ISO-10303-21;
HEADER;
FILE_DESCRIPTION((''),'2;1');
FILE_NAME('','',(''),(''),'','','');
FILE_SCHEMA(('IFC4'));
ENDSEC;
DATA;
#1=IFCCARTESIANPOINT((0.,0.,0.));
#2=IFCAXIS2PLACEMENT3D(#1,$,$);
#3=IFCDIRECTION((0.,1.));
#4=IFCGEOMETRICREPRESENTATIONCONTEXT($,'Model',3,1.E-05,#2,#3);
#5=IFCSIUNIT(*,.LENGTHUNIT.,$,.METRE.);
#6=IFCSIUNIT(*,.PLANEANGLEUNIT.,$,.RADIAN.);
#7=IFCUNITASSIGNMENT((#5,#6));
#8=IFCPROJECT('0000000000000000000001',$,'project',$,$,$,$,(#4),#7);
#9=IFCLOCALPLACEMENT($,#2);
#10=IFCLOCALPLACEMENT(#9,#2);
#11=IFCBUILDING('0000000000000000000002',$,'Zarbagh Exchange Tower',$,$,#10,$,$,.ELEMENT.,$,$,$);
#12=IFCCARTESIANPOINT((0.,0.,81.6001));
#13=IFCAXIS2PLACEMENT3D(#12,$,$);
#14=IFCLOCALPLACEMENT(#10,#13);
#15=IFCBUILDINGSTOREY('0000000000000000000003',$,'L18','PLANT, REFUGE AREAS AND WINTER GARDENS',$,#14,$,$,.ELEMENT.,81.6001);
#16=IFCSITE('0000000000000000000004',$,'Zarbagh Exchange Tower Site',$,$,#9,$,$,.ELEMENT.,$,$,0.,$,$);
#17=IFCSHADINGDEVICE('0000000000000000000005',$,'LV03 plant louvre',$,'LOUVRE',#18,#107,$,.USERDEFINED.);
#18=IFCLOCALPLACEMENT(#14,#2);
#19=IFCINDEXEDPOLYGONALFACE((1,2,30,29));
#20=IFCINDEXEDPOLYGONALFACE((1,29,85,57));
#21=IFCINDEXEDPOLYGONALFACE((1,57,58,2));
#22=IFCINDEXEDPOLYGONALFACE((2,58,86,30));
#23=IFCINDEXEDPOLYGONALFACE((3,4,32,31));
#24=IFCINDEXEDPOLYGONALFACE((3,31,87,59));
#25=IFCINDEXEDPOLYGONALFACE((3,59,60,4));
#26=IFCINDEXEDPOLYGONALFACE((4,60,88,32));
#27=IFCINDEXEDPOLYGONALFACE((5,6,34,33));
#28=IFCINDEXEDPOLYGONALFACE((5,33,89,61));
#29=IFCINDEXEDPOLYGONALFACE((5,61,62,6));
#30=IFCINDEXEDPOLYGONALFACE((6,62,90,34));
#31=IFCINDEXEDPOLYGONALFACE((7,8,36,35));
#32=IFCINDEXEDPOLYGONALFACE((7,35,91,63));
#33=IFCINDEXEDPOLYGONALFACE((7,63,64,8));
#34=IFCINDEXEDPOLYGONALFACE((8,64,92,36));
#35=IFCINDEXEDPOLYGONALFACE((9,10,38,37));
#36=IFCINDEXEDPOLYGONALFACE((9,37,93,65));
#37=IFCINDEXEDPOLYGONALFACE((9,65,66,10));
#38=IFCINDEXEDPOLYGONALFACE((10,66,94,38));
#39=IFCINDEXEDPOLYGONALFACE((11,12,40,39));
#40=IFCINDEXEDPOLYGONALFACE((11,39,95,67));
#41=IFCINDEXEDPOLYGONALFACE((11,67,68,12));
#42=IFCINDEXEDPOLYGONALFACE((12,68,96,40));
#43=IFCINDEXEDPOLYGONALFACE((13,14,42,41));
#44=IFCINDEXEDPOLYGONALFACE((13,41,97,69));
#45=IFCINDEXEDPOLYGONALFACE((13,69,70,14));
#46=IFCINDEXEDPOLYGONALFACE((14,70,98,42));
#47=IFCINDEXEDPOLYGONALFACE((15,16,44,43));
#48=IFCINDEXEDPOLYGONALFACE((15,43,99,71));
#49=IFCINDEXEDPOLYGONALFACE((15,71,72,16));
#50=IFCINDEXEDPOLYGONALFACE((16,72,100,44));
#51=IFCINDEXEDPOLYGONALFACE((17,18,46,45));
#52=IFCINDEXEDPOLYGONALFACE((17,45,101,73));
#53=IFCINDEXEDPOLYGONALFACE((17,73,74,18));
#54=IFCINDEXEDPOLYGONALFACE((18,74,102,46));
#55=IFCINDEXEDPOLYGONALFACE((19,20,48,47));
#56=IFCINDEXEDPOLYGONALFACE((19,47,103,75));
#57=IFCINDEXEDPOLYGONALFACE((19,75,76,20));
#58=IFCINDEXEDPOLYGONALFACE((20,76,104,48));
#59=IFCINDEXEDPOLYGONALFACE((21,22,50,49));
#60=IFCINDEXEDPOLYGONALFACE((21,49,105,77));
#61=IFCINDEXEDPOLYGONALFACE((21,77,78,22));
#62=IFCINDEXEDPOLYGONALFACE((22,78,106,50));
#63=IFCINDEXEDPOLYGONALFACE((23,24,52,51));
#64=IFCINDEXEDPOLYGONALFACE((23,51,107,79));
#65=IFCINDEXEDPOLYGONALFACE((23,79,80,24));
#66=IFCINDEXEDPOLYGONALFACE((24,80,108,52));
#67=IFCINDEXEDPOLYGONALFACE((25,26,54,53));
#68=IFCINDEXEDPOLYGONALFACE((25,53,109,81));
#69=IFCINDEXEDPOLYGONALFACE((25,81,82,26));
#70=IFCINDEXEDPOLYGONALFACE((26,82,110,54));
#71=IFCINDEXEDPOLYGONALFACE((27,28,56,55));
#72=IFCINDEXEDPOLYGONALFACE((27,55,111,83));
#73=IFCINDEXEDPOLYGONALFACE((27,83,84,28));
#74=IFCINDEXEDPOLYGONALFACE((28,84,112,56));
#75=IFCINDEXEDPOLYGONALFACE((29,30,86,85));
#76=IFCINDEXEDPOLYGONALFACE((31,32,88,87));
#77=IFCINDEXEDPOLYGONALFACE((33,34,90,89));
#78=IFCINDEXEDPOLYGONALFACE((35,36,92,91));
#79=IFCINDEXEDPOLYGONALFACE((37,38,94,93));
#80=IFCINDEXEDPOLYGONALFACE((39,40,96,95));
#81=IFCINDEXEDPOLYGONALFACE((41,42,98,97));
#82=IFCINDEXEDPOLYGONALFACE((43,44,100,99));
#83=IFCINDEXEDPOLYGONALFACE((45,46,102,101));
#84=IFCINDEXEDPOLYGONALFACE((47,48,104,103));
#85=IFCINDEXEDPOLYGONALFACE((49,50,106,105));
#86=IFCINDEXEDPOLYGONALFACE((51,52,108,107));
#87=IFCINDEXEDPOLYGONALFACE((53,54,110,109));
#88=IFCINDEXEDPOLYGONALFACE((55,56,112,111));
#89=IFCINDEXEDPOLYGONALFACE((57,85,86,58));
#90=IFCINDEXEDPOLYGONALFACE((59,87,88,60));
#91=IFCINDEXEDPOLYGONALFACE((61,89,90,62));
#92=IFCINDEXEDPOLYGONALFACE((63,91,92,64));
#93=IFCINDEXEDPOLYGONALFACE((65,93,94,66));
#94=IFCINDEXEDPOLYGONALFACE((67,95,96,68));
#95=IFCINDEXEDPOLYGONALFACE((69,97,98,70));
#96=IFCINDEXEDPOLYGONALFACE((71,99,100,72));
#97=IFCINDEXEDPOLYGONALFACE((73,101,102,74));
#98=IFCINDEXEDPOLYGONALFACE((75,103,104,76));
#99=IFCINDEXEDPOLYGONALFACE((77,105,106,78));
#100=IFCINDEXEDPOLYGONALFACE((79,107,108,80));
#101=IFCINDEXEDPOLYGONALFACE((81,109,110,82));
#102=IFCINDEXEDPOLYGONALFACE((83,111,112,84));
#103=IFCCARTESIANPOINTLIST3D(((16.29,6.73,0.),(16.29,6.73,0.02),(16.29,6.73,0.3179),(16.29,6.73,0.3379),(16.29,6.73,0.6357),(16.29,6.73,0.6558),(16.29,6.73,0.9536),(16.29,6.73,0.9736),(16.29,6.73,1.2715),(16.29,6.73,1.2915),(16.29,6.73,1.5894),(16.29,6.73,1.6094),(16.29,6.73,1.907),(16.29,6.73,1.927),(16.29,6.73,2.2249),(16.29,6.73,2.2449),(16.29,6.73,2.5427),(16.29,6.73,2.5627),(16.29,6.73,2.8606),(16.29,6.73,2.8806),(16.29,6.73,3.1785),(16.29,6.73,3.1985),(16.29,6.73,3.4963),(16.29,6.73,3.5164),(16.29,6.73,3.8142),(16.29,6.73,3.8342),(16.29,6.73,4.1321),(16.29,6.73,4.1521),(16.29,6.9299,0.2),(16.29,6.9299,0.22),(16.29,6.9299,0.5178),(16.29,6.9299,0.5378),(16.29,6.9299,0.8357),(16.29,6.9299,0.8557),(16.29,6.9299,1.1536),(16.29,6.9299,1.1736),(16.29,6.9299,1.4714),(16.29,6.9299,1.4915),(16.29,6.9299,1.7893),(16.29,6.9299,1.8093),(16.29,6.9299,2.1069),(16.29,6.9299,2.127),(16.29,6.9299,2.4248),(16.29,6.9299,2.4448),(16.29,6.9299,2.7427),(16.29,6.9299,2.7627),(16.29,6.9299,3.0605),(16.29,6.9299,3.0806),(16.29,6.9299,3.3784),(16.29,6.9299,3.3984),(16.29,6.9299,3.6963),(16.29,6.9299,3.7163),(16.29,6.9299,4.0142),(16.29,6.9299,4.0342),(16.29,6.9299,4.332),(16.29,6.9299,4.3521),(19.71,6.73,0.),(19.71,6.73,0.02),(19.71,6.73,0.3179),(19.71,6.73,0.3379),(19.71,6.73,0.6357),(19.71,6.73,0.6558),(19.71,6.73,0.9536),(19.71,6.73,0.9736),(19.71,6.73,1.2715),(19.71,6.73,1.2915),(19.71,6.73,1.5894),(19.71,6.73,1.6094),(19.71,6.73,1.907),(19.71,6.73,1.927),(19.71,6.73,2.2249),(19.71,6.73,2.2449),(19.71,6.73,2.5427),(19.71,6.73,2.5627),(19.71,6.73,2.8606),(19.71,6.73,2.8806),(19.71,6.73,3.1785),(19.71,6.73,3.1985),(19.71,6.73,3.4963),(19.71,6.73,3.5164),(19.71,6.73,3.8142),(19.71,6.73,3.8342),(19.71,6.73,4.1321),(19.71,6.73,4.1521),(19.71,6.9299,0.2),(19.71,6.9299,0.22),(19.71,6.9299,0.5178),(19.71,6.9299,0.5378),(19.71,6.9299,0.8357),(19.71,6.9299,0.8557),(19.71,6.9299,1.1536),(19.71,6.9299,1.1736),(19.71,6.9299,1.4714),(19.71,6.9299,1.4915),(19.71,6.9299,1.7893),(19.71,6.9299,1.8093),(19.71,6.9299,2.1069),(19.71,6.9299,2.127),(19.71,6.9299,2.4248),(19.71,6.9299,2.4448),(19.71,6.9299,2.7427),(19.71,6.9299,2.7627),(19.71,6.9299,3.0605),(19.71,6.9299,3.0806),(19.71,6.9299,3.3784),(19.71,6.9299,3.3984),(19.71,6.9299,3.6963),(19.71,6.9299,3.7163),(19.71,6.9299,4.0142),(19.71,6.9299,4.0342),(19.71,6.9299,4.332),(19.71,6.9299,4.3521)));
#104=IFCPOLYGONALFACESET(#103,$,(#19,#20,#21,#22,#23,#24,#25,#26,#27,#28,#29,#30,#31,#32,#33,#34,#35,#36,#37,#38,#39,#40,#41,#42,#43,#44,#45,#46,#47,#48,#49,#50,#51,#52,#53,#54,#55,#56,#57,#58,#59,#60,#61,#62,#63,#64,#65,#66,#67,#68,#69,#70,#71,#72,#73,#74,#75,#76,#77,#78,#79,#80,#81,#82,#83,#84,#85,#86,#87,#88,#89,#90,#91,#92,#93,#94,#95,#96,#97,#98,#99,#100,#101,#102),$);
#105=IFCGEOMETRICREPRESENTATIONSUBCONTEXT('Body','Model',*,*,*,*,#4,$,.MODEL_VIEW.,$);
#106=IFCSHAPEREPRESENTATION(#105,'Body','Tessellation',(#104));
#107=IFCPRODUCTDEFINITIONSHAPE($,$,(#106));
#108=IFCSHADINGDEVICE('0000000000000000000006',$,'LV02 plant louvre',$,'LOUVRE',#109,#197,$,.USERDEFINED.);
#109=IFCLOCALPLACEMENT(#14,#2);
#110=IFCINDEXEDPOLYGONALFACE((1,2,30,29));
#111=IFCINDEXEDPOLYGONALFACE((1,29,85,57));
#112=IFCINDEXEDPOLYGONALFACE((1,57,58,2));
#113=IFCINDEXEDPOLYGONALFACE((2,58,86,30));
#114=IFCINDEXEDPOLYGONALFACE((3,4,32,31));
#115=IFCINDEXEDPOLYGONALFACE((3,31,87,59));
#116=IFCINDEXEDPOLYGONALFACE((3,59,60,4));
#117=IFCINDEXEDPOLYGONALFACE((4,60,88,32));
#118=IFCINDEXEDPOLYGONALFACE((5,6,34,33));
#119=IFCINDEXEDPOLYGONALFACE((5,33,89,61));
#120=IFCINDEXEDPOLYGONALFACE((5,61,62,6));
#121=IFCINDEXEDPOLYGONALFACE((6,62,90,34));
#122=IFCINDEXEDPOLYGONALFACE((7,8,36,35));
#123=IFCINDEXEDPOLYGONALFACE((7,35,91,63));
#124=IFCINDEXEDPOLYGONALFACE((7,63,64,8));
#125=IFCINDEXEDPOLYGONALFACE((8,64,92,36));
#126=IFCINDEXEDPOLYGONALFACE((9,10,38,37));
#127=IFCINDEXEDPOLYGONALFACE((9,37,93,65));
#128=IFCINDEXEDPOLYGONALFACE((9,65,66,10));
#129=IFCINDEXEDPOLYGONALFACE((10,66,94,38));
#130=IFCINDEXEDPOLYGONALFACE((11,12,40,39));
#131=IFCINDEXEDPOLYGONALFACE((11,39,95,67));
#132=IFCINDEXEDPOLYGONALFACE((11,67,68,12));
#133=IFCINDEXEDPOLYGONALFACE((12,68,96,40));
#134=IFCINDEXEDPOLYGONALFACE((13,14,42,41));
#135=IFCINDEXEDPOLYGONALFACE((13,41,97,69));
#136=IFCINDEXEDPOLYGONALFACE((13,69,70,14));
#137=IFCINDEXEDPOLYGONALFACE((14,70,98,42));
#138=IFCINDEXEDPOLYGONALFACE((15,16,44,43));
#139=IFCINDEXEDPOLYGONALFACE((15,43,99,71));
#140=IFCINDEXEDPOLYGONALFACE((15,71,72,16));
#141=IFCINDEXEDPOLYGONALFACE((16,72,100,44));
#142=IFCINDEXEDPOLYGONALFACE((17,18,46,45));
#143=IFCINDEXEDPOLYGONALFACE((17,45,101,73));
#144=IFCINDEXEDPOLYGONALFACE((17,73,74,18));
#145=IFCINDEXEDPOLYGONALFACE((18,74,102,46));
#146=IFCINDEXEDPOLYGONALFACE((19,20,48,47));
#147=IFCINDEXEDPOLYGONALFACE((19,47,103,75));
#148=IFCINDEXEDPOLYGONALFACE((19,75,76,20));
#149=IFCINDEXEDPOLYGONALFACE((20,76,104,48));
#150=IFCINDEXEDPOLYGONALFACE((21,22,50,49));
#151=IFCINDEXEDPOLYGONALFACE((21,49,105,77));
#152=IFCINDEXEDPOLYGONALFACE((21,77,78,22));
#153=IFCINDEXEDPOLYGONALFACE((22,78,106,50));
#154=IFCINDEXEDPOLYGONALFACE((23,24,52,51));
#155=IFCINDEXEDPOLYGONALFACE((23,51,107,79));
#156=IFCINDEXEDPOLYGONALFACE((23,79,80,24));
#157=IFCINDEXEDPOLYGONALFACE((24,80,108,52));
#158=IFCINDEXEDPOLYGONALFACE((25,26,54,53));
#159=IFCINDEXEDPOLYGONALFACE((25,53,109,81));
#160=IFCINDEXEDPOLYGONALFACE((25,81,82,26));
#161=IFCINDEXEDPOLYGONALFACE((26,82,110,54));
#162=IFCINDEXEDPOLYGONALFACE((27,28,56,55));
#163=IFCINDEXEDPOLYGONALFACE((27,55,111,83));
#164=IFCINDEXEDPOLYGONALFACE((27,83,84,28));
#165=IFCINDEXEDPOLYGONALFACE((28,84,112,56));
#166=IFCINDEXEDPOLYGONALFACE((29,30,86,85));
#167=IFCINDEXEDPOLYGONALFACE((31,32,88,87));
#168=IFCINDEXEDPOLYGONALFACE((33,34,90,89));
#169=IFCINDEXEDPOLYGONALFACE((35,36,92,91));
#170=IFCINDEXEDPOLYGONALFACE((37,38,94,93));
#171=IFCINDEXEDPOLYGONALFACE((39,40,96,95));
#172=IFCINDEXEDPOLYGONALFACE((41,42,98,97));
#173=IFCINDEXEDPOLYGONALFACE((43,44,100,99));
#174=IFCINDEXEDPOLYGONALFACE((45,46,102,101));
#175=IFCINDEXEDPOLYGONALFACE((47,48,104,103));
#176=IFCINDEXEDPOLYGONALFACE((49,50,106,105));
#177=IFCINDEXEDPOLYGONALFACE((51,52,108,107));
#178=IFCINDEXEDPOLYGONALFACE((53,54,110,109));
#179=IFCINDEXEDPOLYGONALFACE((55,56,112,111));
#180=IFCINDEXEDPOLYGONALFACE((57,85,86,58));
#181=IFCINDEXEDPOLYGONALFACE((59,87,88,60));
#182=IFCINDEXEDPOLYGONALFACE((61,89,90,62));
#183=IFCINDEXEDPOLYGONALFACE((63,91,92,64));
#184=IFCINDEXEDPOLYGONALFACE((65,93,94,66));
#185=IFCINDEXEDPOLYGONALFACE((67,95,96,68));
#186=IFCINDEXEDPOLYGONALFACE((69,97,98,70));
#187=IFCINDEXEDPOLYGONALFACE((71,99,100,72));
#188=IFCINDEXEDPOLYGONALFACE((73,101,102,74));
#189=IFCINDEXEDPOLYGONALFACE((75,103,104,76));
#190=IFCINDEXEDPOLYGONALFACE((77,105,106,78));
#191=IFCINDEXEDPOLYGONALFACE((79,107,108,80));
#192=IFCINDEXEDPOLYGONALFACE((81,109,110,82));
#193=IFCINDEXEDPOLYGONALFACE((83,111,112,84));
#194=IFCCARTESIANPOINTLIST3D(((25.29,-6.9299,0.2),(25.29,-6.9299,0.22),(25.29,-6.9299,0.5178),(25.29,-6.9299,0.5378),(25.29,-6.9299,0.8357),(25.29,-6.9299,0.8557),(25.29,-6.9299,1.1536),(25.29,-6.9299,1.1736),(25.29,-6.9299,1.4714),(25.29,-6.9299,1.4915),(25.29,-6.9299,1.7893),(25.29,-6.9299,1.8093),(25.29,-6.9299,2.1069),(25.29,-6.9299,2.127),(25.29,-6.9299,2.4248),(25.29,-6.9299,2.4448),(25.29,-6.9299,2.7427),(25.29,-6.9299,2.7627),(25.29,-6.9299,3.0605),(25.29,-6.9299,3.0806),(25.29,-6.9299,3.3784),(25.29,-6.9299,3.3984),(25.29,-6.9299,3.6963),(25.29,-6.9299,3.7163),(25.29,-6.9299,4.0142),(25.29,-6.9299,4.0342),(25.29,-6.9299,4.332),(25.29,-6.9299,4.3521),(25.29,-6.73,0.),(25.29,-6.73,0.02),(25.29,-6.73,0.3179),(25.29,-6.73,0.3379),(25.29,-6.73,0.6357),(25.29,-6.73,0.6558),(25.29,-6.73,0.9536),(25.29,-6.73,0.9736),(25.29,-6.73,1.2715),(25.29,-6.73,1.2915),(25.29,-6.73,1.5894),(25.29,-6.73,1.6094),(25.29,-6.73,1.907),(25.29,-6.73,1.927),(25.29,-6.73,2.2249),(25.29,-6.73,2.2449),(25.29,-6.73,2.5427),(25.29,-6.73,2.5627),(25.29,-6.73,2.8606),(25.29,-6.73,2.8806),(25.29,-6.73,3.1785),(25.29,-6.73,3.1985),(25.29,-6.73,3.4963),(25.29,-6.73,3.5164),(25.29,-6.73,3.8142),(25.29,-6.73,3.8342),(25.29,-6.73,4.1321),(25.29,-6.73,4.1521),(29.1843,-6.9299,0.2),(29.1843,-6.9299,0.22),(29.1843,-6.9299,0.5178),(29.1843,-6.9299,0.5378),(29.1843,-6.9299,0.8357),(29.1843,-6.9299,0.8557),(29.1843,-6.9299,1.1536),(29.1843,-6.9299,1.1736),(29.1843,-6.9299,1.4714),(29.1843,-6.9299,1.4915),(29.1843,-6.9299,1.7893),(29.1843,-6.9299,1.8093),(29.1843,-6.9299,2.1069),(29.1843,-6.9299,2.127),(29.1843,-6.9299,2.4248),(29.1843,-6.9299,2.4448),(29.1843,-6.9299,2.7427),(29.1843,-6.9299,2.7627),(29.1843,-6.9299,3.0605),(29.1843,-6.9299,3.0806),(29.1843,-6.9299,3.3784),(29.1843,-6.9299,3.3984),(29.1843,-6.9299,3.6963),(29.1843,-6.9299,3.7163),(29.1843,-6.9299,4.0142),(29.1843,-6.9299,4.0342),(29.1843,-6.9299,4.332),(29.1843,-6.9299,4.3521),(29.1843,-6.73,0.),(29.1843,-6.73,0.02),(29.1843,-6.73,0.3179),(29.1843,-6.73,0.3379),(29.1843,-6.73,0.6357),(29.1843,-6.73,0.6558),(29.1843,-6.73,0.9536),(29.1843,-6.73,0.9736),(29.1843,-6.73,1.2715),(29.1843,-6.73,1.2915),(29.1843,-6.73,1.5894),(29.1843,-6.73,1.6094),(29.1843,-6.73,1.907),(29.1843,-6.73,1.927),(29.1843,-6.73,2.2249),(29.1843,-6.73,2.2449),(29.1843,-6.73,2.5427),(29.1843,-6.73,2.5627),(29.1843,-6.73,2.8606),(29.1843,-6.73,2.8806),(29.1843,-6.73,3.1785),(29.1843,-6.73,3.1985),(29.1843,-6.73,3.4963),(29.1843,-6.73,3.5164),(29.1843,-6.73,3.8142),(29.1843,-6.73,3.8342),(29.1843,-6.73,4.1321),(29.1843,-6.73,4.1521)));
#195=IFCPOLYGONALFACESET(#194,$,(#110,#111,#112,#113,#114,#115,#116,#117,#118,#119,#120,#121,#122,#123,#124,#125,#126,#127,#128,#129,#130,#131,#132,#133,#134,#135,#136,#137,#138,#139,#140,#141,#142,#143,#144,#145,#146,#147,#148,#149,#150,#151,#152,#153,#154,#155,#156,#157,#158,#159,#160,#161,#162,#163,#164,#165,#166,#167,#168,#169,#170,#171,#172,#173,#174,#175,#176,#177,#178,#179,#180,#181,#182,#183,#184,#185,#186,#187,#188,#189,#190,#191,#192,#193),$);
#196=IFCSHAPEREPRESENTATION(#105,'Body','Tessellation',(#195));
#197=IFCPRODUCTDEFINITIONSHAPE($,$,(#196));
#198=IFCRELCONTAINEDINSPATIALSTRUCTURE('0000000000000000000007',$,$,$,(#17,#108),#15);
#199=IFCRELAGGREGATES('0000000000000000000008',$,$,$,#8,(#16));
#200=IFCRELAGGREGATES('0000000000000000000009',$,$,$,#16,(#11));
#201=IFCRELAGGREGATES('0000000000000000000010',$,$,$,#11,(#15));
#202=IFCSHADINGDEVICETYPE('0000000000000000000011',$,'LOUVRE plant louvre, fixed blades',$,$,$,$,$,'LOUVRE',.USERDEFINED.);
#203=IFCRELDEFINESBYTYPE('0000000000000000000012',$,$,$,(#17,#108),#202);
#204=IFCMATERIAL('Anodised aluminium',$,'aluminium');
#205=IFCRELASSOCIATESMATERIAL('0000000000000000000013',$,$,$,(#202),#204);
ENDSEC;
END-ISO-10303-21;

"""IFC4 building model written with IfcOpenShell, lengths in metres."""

from ifc_helpers import new_model, si_unit, direction, frame, origin, place, context, subcontext, project, spatial, polyline, outline, extrude, source, transform, mapped, material, type_object, element, save


model = new_model("IFC4")

# Units and contexts
model_context = context("Model", 3, precision=1e-05, world=origin(), true_north=direction((0.0, 1.0)))
body_context = subcontext(model_context, "Body", "Model", "MODEL_VIEW")
ifc_project = project(units=[si_unit("LENGTHUNIT", "METRE"), si_unit("PLANEANGLEUNIT", "RADIAN")], contexts=[model_context])

# Site, building, storey
site_placement = place(None, origin())
site = spatial("IfcSite", under=ifc_project, at=site_placement, Name="Zarbagh Exchange Tower Site", CompositionType="ELEMENT", RefElevation=0.0)
building_placement = place(site_placement, origin())
building = spatial("IfcBuilding", under=site, at=building_placement, Name="Zarbagh Exchange Tower", CompositionType="ELEMENT")
storey_placement = place(building_placement, frame((0.0, 0.0, 81.6001)))
storey = spatial("IfcBuildingStorey", under=building, at=storey_placement, Name="L18", Description="PLANT, REFUGE AREAS AND WINTER GARDENS", CompositionType="ELEMENT", Elevation=81.6001)

# Shared definitions
placement = place(storey_placement, origin())

# Shading device
ifc_material_1 = material(Name="Anodised aluminium", Category="aluminium")
shading_device_type = type_object("IfcShadingDeviceType", Name="LOUVRE plant louvre, fixed blades", ElementType="LOUVRE", PredefinedType="USERDEFINED", material=ifc_material_1)
shared_shape_1 = source(origin(), body_context, "Body", "SweptSolid", [
    extrude(outline(polyline([(0.0, 0.2), (0.2, 0.0), (0.2, -0.02), (0.0, 0.1799), (0.0, 0.2)])), origin(), (0.0, 0.0, 1.0), 3.4199),
])
element("IfcShadingDevice", 1, at=placement, inside=storey, type_object=shading_device_type, Name="LV03 plant louvre", ObjectType="LOUVRE", PredefinedType="USERDEFINED", context=body_context, shape_type="MappedRepresentation", body=[
    mapped(shared_shape_1, transform((19.71, 6.73, 0.2), x_axis=(0.0, 1.0, 0.0), y_axis=(0.0, 0.0, -1.0), z_axis=(-1.0, 0.0, 0.0))),
    mapped(shared_shape_1, transform((19.71, 6.73, 0.5178), x_axis=(0.0, 1.0, 0.0), y_axis=(0.0, 0.0, -1.0), z_axis=(-1.0, 0.0, 0.0))),
    mapped(shared_shape_1, transform((19.71, 6.73, 0.8357), x_axis=(0.0, 1.0, 0.0), y_axis=(0.0, 0.0, -1.0), z_axis=(-1.0, 0.0, 0.0))),
    mapped(shared_shape_1, transform((19.71, 6.73, 1.1536), x_axis=(0.0, 1.0, 0.0), y_axis=(0.0, 0.0, -1.0), z_axis=(-1.0, 0.0, 0.0))),
    mapped(shared_shape_1, transform((19.71, 6.73, 1.4714), x_axis=(0.0, 1.0, 0.0), y_axis=(0.0, 0.0, -1.0), z_axis=(-1.0, 0.0, 0.0))),
    mapped(shared_shape_1, transform((19.71, 6.73, 1.7893), x_axis=(0.0, 1.0, 0.0), y_axis=(0.0, 0.0, -1.0), z_axis=(-1.0, 0.0, 0.0))),
    mapped(shared_shape_1, transform((19.71, 6.73, 2.1069), x_axis=(0.0, 1.0, 0.0), y_axis=(0.0, 0.0, -1.0), z_axis=(-1.0, 0.0, 0.0))),
    mapped(shared_shape_1, transform((19.71, 6.73, 2.4248), x_axis=(0.0, 1.0, 0.0), y_axis=(0.0, 0.0, -1.0), z_axis=(-1.0, 0.0, 0.0))),
    mapped(shared_shape_1, transform((19.71, 6.73, 2.7427), x_axis=(0.0, 1.0, 0.0), y_axis=(0.0, 0.0, -1.0), z_axis=(-1.0, 0.0, 0.0))),
    mapped(shared_shape_1, transform((19.71, 6.73, 3.0605), x_axis=(0.0, 1.0, 0.0), y_axis=(0.0, 0.0, -1.0), z_axis=(-1.0, 0.0, 0.0))),
    mapped(shared_shape_1, transform((19.71, 6.73, 3.3784), x_axis=(0.0, 1.0, 0.0), y_axis=(0.0, 0.0, -1.0), z_axis=(-1.0, 0.0, 0.0))),
    mapped(shared_shape_1, transform((19.71, 6.73, 3.6963), x_axis=(0.0, 1.0, 0.0), y_axis=(0.0, 0.0, -1.0), z_axis=(-1.0, 0.0, 0.0))),
    mapped(shared_shape_1, transform((19.71, 6.73, 4.0142), x_axis=(0.0, 1.0, 0.0), y_axis=(0.0, 0.0, -1.0), z_axis=(-1.0, 0.0, 0.0))),
    mapped(shared_shape_1, transform((19.71, 6.73, 4.332), x_axis=(0.0, 1.0, 0.0), y_axis=(0.0, 0.0, -1.0), z_axis=(-1.0, 0.0, 0.0))),
])

# Shading device
shared_shape_2 = source(origin(), body_context, "Body", "SweptSolid", [
    extrude(outline(polyline([(0.0, 0.2), (0.2, 0.0), (0.2, -0.02), (0.0, 0.1799), (0.0, 0.2)])), origin(), (0.0, 0.0, 1.0), 3.8943),
])
element("IfcShadingDevice", 2, at=placement, inside=storey, type_object=shading_device_type, Name="LV02 plant louvre", ObjectType="LOUVRE", PredefinedType="USERDEFINED", context=body_context, shape_type="MappedRepresentation", body=[
    mapped(shared_shape_2, transform((25.29, -6.73, 0.2), x_axis=(0.0, -1.0, 0.0), y_axis=(0.0, 0.0, -1.0), z_axis=(1.0, 0.0, 0.0))),
    mapped(shared_shape_2, transform((25.29, -6.73, 0.5178), x_axis=(0.0, -1.0, 0.0), y_axis=(0.0, 0.0, -1.0), z_axis=(1.0, 0.0, 0.0))),
    mapped(shared_shape_2, transform((25.29, -6.73, 0.8357), x_axis=(0.0, -1.0, 0.0), y_axis=(0.0, 0.0, -1.0), z_axis=(1.0, 0.0, 0.0))),
    mapped(shared_shape_2, transform((25.29, -6.73, 1.1536), x_axis=(0.0, -1.0, 0.0), y_axis=(0.0, 0.0, -1.0), z_axis=(1.0, 0.0, 0.0))),
    mapped(shared_shape_2, transform((25.29, -6.73, 1.4714), x_axis=(0.0, -1.0, 0.0), y_axis=(0.0, 0.0, -1.0), z_axis=(1.0, 0.0, 0.0))),
    mapped(shared_shape_2, transform((25.29, -6.73, 1.7893), x_axis=(0.0, -1.0, 0.0), y_axis=(0.0, 0.0, -1.0), z_axis=(1.0, 0.0, 0.0))),
    mapped(shared_shape_2, transform((25.29, -6.73, 2.1069), x_axis=(0.0, -1.0, 0.0), y_axis=(0.0, 0.0, -1.0), z_axis=(1.0, 0.0, 0.0))),
    mapped(shared_shape_2, transform((25.29, -6.73, 2.4248), x_axis=(0.0, -1.0, 0.0), y_axis=(0.0, 0.0, -1.0), z_axis=(1.0, 0.0, 0.0))),
    mapped(shared_shape_2, transform((25.29, -6.73, 2.7427), x_axis=(0.0, -1.0, 0.0), y_axis=(0.0, 0.0, -1.0), z_axis=(1.0, 0.0, 0.0))),
    mapped(shared_shape_2, transform((25.29, -6.73, 3.0605), x_axis=(0.0, -1.0, 0.0), y_axis=(0.0, 0.0, -1.0), z_axis=(1.0, 0.0, 0.0))),
    mapped(shared_shape_2, transform((25.29, -6.73, 3.3784), x_axis=(0.0, -1.0, 0.0), y_axis=(0.0, 0.0, -1.0), z_axis=(1.0, 0.0, 0.0))),
    mapped(shared_shape_2, transform((25.29, -6.73, 3.6963), x_axis=(0.0, -1.0, 0.0), y_axis=(0.0, 0.0, -1.0), z_axis=(1.0, 0.0, 0.0))),
    mapped(shared_shape_2, transform((25.29, -6.73, 4.0142), x_axis=(0.0, -1.0, 0.0), y_axis=(0.0, 0.0, -1.0), z_axis=(1.0, 0.0, 0.0))),
    mapped(shared_shape_2, transform((25.29, -6.73, 4.332), x_axis=(0.0, -1.0, 0.0), y_axis=(0.0, 0.0, -1.0), z_axis=(1.0, 0.0, 0.0))),
])

save(model, "model.ifc")
